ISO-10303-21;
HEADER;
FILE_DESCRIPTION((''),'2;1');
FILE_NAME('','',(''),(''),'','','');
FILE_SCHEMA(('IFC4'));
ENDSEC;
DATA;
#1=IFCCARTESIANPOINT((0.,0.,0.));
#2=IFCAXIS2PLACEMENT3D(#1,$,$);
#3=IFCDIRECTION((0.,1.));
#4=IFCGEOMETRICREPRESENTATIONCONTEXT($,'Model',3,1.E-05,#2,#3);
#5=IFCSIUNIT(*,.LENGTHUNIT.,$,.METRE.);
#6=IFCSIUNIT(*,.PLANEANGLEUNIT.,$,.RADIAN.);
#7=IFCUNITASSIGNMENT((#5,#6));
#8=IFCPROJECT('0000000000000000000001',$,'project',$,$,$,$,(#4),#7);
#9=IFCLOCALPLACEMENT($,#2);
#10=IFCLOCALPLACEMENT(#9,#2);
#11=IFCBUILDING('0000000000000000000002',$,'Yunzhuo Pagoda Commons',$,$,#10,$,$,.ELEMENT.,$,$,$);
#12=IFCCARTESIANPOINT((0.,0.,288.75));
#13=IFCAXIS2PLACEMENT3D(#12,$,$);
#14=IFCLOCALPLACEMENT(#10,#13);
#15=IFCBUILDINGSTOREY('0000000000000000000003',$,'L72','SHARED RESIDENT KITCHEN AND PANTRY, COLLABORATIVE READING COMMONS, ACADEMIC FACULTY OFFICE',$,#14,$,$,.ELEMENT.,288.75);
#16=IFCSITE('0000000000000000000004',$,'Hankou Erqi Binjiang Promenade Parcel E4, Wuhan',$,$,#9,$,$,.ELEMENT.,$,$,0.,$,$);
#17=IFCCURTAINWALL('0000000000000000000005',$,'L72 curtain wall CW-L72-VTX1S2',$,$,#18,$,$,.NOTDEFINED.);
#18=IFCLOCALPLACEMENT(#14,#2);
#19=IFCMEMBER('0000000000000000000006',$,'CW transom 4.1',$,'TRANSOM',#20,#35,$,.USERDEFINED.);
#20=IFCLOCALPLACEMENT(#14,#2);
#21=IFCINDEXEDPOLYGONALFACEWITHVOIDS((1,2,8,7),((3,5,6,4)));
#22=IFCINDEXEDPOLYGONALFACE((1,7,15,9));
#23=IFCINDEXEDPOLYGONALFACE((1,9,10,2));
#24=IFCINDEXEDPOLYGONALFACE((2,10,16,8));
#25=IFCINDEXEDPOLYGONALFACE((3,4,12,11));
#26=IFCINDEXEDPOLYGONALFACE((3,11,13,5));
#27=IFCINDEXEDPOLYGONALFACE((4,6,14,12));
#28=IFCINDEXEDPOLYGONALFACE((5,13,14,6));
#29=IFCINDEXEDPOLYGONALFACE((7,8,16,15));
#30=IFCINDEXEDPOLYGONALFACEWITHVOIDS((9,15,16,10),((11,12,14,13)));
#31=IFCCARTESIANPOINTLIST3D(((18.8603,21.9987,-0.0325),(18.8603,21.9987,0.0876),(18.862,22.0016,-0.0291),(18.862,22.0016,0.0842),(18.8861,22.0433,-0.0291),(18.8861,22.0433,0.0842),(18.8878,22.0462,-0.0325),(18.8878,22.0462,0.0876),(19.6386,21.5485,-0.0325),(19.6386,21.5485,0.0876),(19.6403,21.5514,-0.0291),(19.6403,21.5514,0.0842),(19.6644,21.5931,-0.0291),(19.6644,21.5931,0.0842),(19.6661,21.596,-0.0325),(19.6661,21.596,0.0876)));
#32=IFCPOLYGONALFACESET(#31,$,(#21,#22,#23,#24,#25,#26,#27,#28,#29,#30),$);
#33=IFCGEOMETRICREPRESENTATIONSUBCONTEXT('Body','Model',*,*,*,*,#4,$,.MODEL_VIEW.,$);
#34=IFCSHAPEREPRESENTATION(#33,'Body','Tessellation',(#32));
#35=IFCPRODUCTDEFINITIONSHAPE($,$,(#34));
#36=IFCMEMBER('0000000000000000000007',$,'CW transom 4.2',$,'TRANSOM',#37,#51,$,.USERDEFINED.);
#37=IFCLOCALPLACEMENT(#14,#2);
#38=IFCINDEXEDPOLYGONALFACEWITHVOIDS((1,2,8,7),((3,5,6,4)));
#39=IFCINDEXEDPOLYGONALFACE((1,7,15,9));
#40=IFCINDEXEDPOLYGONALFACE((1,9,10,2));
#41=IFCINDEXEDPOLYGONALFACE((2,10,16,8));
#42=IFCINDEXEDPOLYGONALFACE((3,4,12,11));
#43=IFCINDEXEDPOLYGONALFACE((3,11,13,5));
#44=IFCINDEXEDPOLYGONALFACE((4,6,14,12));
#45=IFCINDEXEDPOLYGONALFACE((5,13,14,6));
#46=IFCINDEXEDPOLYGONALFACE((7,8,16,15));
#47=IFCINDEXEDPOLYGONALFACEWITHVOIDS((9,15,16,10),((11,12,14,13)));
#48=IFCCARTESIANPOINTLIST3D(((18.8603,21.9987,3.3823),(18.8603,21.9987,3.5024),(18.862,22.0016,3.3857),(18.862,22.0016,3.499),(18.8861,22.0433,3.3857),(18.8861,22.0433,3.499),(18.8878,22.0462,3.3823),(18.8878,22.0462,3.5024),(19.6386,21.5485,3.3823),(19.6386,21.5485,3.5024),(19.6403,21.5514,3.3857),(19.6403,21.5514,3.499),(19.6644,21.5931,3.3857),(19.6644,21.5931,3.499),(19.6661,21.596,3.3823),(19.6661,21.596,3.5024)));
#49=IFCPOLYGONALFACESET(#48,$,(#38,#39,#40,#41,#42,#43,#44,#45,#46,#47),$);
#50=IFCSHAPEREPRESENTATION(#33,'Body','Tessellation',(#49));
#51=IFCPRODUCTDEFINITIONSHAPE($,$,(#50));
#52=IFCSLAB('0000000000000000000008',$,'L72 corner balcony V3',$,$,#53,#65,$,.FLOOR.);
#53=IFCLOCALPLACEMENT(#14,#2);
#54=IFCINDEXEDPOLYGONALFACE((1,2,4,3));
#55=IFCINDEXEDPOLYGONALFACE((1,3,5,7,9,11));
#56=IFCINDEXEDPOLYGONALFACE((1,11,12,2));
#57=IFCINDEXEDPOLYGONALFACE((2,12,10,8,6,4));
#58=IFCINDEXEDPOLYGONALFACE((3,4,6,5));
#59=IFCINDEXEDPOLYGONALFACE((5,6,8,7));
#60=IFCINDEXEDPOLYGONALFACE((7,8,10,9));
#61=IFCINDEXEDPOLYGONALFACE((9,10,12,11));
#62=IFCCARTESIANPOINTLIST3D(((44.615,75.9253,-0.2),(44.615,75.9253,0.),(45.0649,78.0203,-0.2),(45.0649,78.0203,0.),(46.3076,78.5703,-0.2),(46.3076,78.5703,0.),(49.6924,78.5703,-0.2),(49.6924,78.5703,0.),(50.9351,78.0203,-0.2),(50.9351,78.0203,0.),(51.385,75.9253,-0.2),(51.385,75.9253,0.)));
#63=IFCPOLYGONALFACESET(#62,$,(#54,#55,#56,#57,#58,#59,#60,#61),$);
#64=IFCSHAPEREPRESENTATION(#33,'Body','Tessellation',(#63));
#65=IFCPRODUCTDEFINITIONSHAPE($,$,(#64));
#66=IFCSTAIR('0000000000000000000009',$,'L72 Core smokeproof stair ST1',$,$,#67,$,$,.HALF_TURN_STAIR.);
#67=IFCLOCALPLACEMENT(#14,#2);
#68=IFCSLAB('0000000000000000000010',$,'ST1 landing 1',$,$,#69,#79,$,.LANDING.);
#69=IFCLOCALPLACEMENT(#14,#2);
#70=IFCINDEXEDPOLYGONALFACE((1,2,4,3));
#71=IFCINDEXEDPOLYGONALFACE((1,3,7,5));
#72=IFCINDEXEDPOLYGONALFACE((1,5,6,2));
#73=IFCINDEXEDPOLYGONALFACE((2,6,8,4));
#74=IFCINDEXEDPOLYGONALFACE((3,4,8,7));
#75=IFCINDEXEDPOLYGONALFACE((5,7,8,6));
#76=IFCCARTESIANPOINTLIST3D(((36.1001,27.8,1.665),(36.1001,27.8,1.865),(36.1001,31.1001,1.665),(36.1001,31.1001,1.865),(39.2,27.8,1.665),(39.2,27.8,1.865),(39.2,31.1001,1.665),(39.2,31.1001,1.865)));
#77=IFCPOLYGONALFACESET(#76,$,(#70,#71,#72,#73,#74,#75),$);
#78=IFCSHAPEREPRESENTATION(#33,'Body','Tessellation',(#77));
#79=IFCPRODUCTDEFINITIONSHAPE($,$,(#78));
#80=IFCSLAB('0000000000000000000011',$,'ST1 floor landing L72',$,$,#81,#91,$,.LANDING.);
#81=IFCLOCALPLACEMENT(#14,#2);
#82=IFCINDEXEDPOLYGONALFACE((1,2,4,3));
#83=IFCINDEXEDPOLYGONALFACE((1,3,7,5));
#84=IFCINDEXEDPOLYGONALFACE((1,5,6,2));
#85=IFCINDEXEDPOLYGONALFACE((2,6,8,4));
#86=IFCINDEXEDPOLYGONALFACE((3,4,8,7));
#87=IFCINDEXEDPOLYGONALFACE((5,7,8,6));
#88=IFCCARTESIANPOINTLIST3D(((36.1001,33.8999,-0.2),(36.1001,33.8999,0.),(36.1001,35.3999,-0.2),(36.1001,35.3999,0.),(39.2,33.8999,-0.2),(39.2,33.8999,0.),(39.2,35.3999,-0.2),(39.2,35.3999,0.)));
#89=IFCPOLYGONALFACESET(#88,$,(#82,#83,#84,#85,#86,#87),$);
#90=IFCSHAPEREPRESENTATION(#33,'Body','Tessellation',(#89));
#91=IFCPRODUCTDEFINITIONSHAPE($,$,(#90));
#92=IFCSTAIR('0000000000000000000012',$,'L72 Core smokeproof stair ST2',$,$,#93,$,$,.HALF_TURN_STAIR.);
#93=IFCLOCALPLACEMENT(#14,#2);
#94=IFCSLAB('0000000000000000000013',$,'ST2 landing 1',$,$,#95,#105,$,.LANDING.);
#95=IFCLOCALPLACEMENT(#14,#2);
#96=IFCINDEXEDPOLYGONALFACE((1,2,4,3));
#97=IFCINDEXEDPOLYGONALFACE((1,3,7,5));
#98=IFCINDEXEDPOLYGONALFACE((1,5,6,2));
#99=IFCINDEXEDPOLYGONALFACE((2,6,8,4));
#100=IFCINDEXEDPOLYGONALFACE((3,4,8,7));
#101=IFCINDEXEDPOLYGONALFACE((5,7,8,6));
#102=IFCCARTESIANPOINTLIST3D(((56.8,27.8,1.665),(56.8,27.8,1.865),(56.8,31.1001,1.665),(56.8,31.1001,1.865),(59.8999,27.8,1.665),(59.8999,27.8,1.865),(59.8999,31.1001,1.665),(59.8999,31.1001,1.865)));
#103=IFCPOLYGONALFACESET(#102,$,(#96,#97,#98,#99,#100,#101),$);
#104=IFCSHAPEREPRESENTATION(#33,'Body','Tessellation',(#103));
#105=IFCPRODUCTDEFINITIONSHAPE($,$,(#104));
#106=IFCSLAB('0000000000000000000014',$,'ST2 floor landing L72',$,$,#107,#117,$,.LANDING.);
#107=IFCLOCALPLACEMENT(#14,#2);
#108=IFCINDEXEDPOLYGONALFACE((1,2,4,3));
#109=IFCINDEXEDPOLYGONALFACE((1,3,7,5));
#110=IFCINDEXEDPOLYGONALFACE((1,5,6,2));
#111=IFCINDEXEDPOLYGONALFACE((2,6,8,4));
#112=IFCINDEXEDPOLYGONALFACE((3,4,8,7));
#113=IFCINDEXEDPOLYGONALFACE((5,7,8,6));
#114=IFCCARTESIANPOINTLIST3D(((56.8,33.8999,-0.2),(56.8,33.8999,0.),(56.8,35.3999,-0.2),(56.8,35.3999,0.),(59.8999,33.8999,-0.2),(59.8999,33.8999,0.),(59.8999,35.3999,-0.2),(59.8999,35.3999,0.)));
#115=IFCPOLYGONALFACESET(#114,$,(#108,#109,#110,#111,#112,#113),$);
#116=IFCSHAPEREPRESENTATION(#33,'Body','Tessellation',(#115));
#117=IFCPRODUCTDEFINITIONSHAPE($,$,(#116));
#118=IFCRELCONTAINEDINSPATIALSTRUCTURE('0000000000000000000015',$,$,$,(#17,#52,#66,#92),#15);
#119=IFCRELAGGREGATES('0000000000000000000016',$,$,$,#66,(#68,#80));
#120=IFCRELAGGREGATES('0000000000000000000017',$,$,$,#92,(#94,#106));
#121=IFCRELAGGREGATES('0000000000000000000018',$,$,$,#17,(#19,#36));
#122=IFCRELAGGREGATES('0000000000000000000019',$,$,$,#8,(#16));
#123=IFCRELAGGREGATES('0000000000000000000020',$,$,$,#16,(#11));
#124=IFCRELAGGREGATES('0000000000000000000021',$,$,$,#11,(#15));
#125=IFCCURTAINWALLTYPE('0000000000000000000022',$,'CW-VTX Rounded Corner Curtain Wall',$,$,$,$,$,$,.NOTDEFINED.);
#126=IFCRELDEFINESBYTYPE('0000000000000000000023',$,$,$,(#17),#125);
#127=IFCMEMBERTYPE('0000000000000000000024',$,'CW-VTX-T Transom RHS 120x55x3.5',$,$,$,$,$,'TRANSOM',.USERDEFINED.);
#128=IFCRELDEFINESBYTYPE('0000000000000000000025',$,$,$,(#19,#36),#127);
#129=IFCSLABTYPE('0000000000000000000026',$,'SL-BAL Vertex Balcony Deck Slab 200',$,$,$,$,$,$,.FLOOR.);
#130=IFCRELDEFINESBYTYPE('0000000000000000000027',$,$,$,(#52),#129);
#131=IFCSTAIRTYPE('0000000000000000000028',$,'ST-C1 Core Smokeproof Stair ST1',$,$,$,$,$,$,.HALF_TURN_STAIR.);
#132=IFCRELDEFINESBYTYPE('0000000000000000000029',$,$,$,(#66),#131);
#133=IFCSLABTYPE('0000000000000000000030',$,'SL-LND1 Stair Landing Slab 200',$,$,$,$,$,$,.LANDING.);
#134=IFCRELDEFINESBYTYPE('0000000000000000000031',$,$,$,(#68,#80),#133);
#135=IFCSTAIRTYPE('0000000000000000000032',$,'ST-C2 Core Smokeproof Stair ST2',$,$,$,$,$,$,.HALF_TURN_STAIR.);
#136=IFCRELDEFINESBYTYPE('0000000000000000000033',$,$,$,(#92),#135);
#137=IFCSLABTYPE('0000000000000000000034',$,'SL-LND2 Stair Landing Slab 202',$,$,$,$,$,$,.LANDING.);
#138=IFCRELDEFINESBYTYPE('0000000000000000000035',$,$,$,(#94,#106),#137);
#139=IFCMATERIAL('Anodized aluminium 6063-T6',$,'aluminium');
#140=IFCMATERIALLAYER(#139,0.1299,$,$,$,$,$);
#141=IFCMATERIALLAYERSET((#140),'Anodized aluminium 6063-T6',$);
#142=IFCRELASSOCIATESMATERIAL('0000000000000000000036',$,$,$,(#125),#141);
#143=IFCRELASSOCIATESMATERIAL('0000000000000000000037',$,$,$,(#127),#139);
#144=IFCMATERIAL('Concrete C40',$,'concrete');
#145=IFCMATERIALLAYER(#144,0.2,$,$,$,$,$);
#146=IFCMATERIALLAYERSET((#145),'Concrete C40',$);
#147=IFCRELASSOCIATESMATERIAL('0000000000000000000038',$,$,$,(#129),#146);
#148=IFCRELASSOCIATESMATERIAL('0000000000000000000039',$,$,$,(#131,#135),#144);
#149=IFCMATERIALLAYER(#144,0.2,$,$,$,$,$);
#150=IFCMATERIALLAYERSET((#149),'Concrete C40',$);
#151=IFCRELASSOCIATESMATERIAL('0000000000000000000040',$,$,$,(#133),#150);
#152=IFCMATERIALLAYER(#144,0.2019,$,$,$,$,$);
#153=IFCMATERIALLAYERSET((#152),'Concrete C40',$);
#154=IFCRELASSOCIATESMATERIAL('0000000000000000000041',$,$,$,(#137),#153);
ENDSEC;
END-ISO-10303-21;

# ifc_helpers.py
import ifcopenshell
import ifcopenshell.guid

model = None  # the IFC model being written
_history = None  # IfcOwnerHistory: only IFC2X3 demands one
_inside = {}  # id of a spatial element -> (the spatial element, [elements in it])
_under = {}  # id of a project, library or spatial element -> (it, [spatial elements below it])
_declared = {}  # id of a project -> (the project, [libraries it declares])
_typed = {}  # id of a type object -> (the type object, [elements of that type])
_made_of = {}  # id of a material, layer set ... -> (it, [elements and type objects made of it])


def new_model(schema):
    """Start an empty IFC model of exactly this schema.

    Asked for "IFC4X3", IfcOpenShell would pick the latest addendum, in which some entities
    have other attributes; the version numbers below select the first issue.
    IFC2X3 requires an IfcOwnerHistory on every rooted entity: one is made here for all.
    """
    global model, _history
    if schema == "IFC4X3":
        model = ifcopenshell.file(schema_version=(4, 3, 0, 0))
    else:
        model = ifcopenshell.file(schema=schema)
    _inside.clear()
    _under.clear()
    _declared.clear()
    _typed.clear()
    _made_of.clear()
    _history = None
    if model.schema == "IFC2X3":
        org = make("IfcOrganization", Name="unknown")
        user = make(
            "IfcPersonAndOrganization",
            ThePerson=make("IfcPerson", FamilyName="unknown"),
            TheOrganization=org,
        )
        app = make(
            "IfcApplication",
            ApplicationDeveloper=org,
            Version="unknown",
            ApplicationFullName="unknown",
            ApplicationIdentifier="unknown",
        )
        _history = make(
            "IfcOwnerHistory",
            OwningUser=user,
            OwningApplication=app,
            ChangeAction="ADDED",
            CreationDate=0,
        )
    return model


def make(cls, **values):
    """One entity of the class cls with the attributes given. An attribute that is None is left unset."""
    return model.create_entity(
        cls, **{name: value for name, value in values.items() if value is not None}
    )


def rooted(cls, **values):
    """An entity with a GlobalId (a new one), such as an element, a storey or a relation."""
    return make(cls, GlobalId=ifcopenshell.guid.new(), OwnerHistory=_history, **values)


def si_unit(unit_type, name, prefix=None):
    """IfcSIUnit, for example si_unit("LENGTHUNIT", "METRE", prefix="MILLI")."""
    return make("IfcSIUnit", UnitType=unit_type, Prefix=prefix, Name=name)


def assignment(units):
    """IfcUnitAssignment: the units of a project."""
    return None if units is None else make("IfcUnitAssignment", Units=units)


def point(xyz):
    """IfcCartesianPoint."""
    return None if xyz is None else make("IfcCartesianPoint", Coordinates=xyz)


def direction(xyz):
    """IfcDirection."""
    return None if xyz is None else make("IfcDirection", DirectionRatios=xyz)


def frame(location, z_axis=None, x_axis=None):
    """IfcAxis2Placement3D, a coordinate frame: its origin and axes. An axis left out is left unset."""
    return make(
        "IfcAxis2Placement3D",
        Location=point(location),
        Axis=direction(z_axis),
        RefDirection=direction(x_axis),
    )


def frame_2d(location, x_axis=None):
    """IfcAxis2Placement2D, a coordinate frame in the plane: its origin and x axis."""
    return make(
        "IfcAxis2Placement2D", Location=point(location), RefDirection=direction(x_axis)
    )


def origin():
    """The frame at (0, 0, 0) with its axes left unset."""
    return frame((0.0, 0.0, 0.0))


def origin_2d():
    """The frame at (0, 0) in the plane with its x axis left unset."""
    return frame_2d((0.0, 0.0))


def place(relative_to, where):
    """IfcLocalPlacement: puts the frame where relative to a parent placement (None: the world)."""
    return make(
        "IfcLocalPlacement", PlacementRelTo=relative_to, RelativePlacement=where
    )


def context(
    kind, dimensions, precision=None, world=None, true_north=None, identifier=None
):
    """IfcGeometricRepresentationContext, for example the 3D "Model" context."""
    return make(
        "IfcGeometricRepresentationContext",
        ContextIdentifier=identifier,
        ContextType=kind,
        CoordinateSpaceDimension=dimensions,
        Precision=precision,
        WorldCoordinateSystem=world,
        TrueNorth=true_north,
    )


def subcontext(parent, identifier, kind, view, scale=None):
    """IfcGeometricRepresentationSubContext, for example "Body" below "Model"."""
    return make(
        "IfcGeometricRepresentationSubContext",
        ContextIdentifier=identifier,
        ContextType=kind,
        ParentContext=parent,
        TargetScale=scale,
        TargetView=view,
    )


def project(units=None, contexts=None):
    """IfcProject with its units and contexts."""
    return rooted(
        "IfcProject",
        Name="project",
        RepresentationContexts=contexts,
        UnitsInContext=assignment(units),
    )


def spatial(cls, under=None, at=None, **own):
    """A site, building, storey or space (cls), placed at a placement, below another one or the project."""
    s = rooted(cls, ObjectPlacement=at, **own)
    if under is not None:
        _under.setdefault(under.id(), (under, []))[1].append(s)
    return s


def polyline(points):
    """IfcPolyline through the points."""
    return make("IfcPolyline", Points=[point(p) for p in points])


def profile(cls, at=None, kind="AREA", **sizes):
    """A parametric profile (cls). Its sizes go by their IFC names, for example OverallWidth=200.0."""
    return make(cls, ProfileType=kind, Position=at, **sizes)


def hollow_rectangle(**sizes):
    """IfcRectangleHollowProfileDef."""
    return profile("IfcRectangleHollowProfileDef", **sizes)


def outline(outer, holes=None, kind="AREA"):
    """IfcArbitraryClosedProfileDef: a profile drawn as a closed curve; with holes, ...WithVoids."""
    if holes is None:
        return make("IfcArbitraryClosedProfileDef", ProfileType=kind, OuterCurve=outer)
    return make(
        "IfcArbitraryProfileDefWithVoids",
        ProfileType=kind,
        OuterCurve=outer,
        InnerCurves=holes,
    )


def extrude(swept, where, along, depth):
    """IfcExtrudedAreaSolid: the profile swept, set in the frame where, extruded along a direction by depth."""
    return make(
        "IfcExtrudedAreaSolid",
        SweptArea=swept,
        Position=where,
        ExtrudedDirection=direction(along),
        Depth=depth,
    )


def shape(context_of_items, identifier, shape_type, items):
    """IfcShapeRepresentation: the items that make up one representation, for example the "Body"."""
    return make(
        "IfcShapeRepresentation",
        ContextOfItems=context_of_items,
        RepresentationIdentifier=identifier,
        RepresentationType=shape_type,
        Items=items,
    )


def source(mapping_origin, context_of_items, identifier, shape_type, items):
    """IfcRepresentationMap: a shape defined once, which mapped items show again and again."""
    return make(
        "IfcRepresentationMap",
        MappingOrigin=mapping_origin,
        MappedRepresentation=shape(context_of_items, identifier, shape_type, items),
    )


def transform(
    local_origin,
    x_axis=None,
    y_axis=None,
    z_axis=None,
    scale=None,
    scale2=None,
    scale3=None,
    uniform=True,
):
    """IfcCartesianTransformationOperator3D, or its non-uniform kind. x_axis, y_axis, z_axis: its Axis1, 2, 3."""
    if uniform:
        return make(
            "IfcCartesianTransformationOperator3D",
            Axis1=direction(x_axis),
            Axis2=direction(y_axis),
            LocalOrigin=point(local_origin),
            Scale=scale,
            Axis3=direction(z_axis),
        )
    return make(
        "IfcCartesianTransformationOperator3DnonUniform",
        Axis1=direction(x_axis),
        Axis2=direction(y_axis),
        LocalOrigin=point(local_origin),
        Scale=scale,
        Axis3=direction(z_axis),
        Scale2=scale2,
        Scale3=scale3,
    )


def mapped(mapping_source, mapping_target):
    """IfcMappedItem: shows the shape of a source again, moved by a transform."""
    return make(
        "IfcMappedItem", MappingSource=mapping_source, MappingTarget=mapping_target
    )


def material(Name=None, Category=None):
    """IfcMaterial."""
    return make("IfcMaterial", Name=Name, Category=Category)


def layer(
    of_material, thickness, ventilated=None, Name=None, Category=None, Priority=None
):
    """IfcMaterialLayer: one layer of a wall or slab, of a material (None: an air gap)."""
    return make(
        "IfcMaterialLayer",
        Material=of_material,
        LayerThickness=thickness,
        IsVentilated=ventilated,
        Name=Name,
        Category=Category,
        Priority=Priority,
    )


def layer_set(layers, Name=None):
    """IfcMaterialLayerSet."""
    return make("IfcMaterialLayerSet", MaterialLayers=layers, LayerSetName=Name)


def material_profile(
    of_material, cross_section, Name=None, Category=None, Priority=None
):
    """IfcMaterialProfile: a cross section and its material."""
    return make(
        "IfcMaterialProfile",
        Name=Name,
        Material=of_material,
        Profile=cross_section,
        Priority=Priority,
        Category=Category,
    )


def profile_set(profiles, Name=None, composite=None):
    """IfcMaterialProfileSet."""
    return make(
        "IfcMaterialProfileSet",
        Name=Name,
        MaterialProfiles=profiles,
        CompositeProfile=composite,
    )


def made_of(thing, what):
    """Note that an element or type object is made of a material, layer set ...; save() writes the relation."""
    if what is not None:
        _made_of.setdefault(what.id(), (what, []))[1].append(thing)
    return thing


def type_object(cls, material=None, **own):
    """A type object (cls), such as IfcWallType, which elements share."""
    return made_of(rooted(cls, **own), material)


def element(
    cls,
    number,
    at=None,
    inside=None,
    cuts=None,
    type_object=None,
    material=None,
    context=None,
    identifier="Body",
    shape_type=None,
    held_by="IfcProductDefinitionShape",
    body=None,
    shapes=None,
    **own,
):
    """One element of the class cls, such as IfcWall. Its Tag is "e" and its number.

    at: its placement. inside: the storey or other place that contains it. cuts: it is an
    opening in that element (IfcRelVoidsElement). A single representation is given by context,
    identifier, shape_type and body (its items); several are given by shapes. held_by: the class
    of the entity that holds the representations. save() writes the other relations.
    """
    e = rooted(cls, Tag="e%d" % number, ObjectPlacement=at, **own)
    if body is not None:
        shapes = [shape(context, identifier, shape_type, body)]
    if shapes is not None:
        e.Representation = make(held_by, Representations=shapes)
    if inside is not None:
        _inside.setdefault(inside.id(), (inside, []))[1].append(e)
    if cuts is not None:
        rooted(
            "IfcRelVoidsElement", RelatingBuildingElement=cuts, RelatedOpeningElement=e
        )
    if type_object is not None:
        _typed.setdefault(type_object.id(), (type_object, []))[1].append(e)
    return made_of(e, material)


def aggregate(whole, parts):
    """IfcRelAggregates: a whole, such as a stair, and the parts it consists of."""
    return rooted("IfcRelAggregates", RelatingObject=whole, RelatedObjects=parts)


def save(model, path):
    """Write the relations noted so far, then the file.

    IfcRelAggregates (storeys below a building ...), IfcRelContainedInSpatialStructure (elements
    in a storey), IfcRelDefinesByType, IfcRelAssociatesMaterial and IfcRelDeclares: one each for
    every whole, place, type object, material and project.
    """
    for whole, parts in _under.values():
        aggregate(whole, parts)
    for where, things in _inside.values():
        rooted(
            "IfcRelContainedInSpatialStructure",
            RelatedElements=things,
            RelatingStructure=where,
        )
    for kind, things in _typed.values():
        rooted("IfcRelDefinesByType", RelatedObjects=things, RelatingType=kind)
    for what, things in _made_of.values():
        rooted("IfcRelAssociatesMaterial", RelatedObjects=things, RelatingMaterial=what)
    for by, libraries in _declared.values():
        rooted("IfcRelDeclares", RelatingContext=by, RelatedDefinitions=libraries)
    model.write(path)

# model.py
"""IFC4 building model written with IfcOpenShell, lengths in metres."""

from ifc_helpers import new_model, si_unit, direction, frame, origin, origin_2d, place, context, subcontext, project, spatial, polyline, hollow_rectangle, outline, extrude, source, transform, mapped, material, layer, layer_set, material_profile, profile_set, type_object, element, aggregate, save


model = new_model("IFC4")

# Units and contexts
model_context = context("Model", 3, precision=1e-05, world=origin(), true_north=direction((0.0, 1.0)))
body_context = subcontext(model_context, "Body", "Model", "MODEL_VIEW")
ifc_project = project(units=[si_unit("LENGTHUNIT", "METRE"), si_unit("PLANEANGLEUNIT", "RADIAN")], contexts=[model_context])

# Site, building, storey
site_placement = place(None, origin())
site = spatial("IfcSite", under=ifc_project, at=site_placement, Name="Hankou Erqi Binjiang Promenade Parcel E4, Wuhan", CompositionType="ELEMENT", RefElevation=0.0)
building_placement = place(site_placement, origin())
building = spatial("IfcBuilding", under=site, at=building_placement, Name="Yunzhuo Pagoda Commons", CompositionType="ELEMENT")
storey_placement = place(building_placement, frame((0.0, 0.0, 288.75)))
storey = spatial("IfcBuildingStorey", under=building, at=storey_placement, Name="L72", Description="SHARED RESIDENT KITCHEN AND PANTRY, COLLABORATIVE READING COMMONS, ACADEMIC FACULTY OFFICE", CompositionType="ELEMENT", Elevation=288.75)

# Shared definitions
ifc_material_1 = material(Name="Anodized aluminium 6063-T6", Category="aluminium")

# Curtain wall, members
ifc_layer_1 = layer(ifc_material_1, 0.1299)
ifc_layer_set_1 = layer_set([ifc_layer_1], Name="Anodized aluminium 6063-T6")
curtain_wall_type_1 = type_object("IfcCurtainWallType", Name="CW-VTX Rounded Corner Curtain Wall", PredefinedType="NOTDEFINED", material=ifc_layer_set_1)
curtain_wall_1_placement = place(storey_placement, origin())
curtain_wall_1 = element("IfcCurtainWall", 1, at=curtain_wall_1_placement, inside=storey, type_object=curtain_wall_type_1, Name="L72 curtain wall CW-L72-VTX1S2", PredefinedType="NOTDEFINED")
ifc_material_profile_1 = material_profile(ifc_material_1, hollow_rectangle(XDim=0.0549, YDim=0.1201, WallThickness=0.0034, at=origin_2d()), Name="Anodized aluminium 6063-T6")
ifc_profile_set_1 = profile_set([ifc_material_profile_1], Name="Anodized aluminium 6063-T6")
member_type_1 = type_object("IfcMemberType", Name="CW-VTX-T Transom RHS 120x55x3.5", ElementType="TRANSOM", PredefinedType="USERDEFINED", material=ifc_profile_set_1)
shared_shape_1 = source(origin(), body_context, "Body", "SweptSolid", [
    extrude(hollow_rectangle(XDim=0.0549, YDim=0.1201, WallThickness=0.0034, at=origin_2d()), origin(), (0.0, 0.0, 1.0), 0.8992),
])
member_1_placement = place(storey_placement, frame((18.874, 22.0225, 0.0276), z_axis=(0.865625, -0.500694, 0.0), x_axis=(0.500694, 0.865625, 0.0)))
member_1 = element("IfcMember", 2, at=member_1_placement, type_object=member_type_1, Name="CW transom 4.1", ObjectType="TRANSOM", PredefinedType="USERDEFINED", context=body_context, shape_type="MappedRepresentation", body=[
    mapped(shared_shape_1, transform((0.0, 0.0, 0.0), scale=1.0)),
])
member_2_placement = place(storey_placement, frame((18.874, 22.0225, 3.4424), z_axis=(0.865625, -0.500694, 0.0), x_axis=(0.500694, 0.865625, 0.0)))
member_2 = element("IfcMember", 3, at=member_2_placement, type_object=member_type_1, Name="CW transom 4.2", ObjectType="TRANSOM", PredefinedType="USERDEFINED", context=body_context, shape_type="MappedRepresentation", body=[
    mapped(shared_shape_1, transform((0.0, 0.0, 0.0), scale=1.0)),
])

# Slab
ifc_material_2 = material(Name="Concrete C40", Category="concrete")
ifc_layer_2 = layer(ifc_material_2, 0.2)
ifc_layer_set_2 = layer_set([ifc_layer_2], Name="Concrete C40")
slab_type_1 = type_object("IfcSlabType", Name="SL-BAL Vertex Balcony Deck Slab 200", PredefinedType="FLOOR", material=ifc_layer_set_2)
slab_1_placement = place(storey_placement, frame((0.0, 0.0, -0.2)))
element("IfcSlab", 4, at=slab_1_placement, inside=storey, type_object=slab_type_1, Name="L72 corner balcony V3", PredefinedType="FLOOR", context=body_context, shape_type="SweptSolid", body=[
    extrude(outline(polyline([(51.385, 75.9253), (44.615, 75.9253), (45.0649, 78.0203), (46.3076, 78.5703), (49.6924, 78.5703), (50.9351, 78.0203), (51.385, 75.9253)])), origin(), (0.0, 0.0, 1.0), 0.2),
])

# Stairs, slabs
stair_type_1 = type_object("IfcStairType", Name="ST-C1 Core Smokeproof Stair ST1", PredefinedType="HALF_TURN_STAIR", material=ifc_material_2)
stair_1_placement = place(storey_placement, origin())
stair_1 = element("IfcStair", 5, at=stair_1_placement, inside=storey, type_object=stair_type_1, Name="L72 Core smokeproof stair ST1", PredefinedType="HALF_TURN_STAIR")
ifc_layer_3 = layer(ifc_material_2, 0.2)
ifc_layer_set_3 = layer_set([ifc_layer_3], Name="Concrete C40")
slab_type_2 = type_object("IfcSlabType", Name="SL-LND1 Stair Landing Slab 200", PredefinedType="LANDING", material=ifc_layer_set_3)
slab_2_placement = place(storey_placement, frame((0.0, 0.0, 1.665)))
slab_2 = element("IfcSlab", 6, at=slab_2_placement, type_object=slab_type_2, Name="ST1 landing 1", PredefinedType="LANDING", context=body_context, shape_type="SweptSolid", body=[
    extrude(outline(polyline([(36.1001, 31.1001), (36.1001, 27.8), (39.2, 27.8), (39.2, 31.1001), (36.1001, 31.1001)])), origin(), (0.0, 0.0, 1.0), 0.2),
])
slab_3_placement = place(storey_placement, frame((0.0, 0.0, -0.2)))
slab_3 = element("IfcSlab", 7, at=slab_3_placement, type_object=slab_type_2, Name="ST1 floor landing L72", PredefinedType="LANDING", context=body_context, shape_type="SweptSolid", body=[
    extrude(outline(polyline([(36.1001, 35.3999), (36.1001, 33.8999), (39.2, 33.8999), (39.2, 35.3999), (36.1001, 35.3999)])), origin(), (0.0, 0.0, 1.0), 0.2),
])
aggregate(stair_1, [slab_2, slab_3])
stair_type_2 = type_object("IfcStairType", Name="ST-C2 Core Smokeproof Stair ST2", PredefinedType="HALF_TURN_STAIR", material=ifc_material_2)
stair_2_placement = place(storey_placement, origin())
stair_2 = element("IfcStair", 8, at=stair_2_placement, inside=storey, type_object=stair_type_2, Name="L72 Core smokeproof stair ST2", PredefinedType="HALF_TURN_STAIR")
ifc_layer_4 = layer(ifc_material_2, 0.2019)
ifc_layer_set_4 = layer_set([ifc_layer_4], Name="Concrete C40")
slab_type_3 = type_object("IfcSlabType", Name="SL-LND2 Stair Landing Slab 202", PredefinedType="LANDING", material=ifc_layer_set_4)
slab_4_placement = place(storey_placement, frame((0.0, 0.0, 1.665)))
slab_4 = element("IfcSlab", 9, at=slab_4_placement, type_object=slab_type_3, Name="ST2 landing 1", PredefinedType="LANDING", context=body_context, shape_type="SweptSolid", body=[
    extrude(outline(polyline([(56.8, 31.1001), (56.8, 27.8), (59.8999, 27.8), (59.8999, 31.1001), (56.8, 31.1001)])), origin(), (0.0, 0.0, 1.0), 0.2),
])
slab_5_placement = place(storey_placement, frame((0.0, 0.0, -0.2)))
slab_5 = element("IfcSlab", 10, at=slab_5_placement, type_object=slab_type_3, Name="ST2 floor landing L72", PredefinedType="LANDING", context=body_context, shape_type="SweptSolid", body=[
    extrude(outline(polyline([(56.8, 35.3999), (56.8, 33.8999), (59.8999, 33.8999), (59.8999, 35.3999), (56.8, 35.3999)])), origin(), (0.0, 0.0, 1.0), 0.2),
])
aggregate(stair_2, [slab_4, slab_5])

aggregate(curtain_wall_1, [member_1, member_2])

save(model, "model.ifc")
